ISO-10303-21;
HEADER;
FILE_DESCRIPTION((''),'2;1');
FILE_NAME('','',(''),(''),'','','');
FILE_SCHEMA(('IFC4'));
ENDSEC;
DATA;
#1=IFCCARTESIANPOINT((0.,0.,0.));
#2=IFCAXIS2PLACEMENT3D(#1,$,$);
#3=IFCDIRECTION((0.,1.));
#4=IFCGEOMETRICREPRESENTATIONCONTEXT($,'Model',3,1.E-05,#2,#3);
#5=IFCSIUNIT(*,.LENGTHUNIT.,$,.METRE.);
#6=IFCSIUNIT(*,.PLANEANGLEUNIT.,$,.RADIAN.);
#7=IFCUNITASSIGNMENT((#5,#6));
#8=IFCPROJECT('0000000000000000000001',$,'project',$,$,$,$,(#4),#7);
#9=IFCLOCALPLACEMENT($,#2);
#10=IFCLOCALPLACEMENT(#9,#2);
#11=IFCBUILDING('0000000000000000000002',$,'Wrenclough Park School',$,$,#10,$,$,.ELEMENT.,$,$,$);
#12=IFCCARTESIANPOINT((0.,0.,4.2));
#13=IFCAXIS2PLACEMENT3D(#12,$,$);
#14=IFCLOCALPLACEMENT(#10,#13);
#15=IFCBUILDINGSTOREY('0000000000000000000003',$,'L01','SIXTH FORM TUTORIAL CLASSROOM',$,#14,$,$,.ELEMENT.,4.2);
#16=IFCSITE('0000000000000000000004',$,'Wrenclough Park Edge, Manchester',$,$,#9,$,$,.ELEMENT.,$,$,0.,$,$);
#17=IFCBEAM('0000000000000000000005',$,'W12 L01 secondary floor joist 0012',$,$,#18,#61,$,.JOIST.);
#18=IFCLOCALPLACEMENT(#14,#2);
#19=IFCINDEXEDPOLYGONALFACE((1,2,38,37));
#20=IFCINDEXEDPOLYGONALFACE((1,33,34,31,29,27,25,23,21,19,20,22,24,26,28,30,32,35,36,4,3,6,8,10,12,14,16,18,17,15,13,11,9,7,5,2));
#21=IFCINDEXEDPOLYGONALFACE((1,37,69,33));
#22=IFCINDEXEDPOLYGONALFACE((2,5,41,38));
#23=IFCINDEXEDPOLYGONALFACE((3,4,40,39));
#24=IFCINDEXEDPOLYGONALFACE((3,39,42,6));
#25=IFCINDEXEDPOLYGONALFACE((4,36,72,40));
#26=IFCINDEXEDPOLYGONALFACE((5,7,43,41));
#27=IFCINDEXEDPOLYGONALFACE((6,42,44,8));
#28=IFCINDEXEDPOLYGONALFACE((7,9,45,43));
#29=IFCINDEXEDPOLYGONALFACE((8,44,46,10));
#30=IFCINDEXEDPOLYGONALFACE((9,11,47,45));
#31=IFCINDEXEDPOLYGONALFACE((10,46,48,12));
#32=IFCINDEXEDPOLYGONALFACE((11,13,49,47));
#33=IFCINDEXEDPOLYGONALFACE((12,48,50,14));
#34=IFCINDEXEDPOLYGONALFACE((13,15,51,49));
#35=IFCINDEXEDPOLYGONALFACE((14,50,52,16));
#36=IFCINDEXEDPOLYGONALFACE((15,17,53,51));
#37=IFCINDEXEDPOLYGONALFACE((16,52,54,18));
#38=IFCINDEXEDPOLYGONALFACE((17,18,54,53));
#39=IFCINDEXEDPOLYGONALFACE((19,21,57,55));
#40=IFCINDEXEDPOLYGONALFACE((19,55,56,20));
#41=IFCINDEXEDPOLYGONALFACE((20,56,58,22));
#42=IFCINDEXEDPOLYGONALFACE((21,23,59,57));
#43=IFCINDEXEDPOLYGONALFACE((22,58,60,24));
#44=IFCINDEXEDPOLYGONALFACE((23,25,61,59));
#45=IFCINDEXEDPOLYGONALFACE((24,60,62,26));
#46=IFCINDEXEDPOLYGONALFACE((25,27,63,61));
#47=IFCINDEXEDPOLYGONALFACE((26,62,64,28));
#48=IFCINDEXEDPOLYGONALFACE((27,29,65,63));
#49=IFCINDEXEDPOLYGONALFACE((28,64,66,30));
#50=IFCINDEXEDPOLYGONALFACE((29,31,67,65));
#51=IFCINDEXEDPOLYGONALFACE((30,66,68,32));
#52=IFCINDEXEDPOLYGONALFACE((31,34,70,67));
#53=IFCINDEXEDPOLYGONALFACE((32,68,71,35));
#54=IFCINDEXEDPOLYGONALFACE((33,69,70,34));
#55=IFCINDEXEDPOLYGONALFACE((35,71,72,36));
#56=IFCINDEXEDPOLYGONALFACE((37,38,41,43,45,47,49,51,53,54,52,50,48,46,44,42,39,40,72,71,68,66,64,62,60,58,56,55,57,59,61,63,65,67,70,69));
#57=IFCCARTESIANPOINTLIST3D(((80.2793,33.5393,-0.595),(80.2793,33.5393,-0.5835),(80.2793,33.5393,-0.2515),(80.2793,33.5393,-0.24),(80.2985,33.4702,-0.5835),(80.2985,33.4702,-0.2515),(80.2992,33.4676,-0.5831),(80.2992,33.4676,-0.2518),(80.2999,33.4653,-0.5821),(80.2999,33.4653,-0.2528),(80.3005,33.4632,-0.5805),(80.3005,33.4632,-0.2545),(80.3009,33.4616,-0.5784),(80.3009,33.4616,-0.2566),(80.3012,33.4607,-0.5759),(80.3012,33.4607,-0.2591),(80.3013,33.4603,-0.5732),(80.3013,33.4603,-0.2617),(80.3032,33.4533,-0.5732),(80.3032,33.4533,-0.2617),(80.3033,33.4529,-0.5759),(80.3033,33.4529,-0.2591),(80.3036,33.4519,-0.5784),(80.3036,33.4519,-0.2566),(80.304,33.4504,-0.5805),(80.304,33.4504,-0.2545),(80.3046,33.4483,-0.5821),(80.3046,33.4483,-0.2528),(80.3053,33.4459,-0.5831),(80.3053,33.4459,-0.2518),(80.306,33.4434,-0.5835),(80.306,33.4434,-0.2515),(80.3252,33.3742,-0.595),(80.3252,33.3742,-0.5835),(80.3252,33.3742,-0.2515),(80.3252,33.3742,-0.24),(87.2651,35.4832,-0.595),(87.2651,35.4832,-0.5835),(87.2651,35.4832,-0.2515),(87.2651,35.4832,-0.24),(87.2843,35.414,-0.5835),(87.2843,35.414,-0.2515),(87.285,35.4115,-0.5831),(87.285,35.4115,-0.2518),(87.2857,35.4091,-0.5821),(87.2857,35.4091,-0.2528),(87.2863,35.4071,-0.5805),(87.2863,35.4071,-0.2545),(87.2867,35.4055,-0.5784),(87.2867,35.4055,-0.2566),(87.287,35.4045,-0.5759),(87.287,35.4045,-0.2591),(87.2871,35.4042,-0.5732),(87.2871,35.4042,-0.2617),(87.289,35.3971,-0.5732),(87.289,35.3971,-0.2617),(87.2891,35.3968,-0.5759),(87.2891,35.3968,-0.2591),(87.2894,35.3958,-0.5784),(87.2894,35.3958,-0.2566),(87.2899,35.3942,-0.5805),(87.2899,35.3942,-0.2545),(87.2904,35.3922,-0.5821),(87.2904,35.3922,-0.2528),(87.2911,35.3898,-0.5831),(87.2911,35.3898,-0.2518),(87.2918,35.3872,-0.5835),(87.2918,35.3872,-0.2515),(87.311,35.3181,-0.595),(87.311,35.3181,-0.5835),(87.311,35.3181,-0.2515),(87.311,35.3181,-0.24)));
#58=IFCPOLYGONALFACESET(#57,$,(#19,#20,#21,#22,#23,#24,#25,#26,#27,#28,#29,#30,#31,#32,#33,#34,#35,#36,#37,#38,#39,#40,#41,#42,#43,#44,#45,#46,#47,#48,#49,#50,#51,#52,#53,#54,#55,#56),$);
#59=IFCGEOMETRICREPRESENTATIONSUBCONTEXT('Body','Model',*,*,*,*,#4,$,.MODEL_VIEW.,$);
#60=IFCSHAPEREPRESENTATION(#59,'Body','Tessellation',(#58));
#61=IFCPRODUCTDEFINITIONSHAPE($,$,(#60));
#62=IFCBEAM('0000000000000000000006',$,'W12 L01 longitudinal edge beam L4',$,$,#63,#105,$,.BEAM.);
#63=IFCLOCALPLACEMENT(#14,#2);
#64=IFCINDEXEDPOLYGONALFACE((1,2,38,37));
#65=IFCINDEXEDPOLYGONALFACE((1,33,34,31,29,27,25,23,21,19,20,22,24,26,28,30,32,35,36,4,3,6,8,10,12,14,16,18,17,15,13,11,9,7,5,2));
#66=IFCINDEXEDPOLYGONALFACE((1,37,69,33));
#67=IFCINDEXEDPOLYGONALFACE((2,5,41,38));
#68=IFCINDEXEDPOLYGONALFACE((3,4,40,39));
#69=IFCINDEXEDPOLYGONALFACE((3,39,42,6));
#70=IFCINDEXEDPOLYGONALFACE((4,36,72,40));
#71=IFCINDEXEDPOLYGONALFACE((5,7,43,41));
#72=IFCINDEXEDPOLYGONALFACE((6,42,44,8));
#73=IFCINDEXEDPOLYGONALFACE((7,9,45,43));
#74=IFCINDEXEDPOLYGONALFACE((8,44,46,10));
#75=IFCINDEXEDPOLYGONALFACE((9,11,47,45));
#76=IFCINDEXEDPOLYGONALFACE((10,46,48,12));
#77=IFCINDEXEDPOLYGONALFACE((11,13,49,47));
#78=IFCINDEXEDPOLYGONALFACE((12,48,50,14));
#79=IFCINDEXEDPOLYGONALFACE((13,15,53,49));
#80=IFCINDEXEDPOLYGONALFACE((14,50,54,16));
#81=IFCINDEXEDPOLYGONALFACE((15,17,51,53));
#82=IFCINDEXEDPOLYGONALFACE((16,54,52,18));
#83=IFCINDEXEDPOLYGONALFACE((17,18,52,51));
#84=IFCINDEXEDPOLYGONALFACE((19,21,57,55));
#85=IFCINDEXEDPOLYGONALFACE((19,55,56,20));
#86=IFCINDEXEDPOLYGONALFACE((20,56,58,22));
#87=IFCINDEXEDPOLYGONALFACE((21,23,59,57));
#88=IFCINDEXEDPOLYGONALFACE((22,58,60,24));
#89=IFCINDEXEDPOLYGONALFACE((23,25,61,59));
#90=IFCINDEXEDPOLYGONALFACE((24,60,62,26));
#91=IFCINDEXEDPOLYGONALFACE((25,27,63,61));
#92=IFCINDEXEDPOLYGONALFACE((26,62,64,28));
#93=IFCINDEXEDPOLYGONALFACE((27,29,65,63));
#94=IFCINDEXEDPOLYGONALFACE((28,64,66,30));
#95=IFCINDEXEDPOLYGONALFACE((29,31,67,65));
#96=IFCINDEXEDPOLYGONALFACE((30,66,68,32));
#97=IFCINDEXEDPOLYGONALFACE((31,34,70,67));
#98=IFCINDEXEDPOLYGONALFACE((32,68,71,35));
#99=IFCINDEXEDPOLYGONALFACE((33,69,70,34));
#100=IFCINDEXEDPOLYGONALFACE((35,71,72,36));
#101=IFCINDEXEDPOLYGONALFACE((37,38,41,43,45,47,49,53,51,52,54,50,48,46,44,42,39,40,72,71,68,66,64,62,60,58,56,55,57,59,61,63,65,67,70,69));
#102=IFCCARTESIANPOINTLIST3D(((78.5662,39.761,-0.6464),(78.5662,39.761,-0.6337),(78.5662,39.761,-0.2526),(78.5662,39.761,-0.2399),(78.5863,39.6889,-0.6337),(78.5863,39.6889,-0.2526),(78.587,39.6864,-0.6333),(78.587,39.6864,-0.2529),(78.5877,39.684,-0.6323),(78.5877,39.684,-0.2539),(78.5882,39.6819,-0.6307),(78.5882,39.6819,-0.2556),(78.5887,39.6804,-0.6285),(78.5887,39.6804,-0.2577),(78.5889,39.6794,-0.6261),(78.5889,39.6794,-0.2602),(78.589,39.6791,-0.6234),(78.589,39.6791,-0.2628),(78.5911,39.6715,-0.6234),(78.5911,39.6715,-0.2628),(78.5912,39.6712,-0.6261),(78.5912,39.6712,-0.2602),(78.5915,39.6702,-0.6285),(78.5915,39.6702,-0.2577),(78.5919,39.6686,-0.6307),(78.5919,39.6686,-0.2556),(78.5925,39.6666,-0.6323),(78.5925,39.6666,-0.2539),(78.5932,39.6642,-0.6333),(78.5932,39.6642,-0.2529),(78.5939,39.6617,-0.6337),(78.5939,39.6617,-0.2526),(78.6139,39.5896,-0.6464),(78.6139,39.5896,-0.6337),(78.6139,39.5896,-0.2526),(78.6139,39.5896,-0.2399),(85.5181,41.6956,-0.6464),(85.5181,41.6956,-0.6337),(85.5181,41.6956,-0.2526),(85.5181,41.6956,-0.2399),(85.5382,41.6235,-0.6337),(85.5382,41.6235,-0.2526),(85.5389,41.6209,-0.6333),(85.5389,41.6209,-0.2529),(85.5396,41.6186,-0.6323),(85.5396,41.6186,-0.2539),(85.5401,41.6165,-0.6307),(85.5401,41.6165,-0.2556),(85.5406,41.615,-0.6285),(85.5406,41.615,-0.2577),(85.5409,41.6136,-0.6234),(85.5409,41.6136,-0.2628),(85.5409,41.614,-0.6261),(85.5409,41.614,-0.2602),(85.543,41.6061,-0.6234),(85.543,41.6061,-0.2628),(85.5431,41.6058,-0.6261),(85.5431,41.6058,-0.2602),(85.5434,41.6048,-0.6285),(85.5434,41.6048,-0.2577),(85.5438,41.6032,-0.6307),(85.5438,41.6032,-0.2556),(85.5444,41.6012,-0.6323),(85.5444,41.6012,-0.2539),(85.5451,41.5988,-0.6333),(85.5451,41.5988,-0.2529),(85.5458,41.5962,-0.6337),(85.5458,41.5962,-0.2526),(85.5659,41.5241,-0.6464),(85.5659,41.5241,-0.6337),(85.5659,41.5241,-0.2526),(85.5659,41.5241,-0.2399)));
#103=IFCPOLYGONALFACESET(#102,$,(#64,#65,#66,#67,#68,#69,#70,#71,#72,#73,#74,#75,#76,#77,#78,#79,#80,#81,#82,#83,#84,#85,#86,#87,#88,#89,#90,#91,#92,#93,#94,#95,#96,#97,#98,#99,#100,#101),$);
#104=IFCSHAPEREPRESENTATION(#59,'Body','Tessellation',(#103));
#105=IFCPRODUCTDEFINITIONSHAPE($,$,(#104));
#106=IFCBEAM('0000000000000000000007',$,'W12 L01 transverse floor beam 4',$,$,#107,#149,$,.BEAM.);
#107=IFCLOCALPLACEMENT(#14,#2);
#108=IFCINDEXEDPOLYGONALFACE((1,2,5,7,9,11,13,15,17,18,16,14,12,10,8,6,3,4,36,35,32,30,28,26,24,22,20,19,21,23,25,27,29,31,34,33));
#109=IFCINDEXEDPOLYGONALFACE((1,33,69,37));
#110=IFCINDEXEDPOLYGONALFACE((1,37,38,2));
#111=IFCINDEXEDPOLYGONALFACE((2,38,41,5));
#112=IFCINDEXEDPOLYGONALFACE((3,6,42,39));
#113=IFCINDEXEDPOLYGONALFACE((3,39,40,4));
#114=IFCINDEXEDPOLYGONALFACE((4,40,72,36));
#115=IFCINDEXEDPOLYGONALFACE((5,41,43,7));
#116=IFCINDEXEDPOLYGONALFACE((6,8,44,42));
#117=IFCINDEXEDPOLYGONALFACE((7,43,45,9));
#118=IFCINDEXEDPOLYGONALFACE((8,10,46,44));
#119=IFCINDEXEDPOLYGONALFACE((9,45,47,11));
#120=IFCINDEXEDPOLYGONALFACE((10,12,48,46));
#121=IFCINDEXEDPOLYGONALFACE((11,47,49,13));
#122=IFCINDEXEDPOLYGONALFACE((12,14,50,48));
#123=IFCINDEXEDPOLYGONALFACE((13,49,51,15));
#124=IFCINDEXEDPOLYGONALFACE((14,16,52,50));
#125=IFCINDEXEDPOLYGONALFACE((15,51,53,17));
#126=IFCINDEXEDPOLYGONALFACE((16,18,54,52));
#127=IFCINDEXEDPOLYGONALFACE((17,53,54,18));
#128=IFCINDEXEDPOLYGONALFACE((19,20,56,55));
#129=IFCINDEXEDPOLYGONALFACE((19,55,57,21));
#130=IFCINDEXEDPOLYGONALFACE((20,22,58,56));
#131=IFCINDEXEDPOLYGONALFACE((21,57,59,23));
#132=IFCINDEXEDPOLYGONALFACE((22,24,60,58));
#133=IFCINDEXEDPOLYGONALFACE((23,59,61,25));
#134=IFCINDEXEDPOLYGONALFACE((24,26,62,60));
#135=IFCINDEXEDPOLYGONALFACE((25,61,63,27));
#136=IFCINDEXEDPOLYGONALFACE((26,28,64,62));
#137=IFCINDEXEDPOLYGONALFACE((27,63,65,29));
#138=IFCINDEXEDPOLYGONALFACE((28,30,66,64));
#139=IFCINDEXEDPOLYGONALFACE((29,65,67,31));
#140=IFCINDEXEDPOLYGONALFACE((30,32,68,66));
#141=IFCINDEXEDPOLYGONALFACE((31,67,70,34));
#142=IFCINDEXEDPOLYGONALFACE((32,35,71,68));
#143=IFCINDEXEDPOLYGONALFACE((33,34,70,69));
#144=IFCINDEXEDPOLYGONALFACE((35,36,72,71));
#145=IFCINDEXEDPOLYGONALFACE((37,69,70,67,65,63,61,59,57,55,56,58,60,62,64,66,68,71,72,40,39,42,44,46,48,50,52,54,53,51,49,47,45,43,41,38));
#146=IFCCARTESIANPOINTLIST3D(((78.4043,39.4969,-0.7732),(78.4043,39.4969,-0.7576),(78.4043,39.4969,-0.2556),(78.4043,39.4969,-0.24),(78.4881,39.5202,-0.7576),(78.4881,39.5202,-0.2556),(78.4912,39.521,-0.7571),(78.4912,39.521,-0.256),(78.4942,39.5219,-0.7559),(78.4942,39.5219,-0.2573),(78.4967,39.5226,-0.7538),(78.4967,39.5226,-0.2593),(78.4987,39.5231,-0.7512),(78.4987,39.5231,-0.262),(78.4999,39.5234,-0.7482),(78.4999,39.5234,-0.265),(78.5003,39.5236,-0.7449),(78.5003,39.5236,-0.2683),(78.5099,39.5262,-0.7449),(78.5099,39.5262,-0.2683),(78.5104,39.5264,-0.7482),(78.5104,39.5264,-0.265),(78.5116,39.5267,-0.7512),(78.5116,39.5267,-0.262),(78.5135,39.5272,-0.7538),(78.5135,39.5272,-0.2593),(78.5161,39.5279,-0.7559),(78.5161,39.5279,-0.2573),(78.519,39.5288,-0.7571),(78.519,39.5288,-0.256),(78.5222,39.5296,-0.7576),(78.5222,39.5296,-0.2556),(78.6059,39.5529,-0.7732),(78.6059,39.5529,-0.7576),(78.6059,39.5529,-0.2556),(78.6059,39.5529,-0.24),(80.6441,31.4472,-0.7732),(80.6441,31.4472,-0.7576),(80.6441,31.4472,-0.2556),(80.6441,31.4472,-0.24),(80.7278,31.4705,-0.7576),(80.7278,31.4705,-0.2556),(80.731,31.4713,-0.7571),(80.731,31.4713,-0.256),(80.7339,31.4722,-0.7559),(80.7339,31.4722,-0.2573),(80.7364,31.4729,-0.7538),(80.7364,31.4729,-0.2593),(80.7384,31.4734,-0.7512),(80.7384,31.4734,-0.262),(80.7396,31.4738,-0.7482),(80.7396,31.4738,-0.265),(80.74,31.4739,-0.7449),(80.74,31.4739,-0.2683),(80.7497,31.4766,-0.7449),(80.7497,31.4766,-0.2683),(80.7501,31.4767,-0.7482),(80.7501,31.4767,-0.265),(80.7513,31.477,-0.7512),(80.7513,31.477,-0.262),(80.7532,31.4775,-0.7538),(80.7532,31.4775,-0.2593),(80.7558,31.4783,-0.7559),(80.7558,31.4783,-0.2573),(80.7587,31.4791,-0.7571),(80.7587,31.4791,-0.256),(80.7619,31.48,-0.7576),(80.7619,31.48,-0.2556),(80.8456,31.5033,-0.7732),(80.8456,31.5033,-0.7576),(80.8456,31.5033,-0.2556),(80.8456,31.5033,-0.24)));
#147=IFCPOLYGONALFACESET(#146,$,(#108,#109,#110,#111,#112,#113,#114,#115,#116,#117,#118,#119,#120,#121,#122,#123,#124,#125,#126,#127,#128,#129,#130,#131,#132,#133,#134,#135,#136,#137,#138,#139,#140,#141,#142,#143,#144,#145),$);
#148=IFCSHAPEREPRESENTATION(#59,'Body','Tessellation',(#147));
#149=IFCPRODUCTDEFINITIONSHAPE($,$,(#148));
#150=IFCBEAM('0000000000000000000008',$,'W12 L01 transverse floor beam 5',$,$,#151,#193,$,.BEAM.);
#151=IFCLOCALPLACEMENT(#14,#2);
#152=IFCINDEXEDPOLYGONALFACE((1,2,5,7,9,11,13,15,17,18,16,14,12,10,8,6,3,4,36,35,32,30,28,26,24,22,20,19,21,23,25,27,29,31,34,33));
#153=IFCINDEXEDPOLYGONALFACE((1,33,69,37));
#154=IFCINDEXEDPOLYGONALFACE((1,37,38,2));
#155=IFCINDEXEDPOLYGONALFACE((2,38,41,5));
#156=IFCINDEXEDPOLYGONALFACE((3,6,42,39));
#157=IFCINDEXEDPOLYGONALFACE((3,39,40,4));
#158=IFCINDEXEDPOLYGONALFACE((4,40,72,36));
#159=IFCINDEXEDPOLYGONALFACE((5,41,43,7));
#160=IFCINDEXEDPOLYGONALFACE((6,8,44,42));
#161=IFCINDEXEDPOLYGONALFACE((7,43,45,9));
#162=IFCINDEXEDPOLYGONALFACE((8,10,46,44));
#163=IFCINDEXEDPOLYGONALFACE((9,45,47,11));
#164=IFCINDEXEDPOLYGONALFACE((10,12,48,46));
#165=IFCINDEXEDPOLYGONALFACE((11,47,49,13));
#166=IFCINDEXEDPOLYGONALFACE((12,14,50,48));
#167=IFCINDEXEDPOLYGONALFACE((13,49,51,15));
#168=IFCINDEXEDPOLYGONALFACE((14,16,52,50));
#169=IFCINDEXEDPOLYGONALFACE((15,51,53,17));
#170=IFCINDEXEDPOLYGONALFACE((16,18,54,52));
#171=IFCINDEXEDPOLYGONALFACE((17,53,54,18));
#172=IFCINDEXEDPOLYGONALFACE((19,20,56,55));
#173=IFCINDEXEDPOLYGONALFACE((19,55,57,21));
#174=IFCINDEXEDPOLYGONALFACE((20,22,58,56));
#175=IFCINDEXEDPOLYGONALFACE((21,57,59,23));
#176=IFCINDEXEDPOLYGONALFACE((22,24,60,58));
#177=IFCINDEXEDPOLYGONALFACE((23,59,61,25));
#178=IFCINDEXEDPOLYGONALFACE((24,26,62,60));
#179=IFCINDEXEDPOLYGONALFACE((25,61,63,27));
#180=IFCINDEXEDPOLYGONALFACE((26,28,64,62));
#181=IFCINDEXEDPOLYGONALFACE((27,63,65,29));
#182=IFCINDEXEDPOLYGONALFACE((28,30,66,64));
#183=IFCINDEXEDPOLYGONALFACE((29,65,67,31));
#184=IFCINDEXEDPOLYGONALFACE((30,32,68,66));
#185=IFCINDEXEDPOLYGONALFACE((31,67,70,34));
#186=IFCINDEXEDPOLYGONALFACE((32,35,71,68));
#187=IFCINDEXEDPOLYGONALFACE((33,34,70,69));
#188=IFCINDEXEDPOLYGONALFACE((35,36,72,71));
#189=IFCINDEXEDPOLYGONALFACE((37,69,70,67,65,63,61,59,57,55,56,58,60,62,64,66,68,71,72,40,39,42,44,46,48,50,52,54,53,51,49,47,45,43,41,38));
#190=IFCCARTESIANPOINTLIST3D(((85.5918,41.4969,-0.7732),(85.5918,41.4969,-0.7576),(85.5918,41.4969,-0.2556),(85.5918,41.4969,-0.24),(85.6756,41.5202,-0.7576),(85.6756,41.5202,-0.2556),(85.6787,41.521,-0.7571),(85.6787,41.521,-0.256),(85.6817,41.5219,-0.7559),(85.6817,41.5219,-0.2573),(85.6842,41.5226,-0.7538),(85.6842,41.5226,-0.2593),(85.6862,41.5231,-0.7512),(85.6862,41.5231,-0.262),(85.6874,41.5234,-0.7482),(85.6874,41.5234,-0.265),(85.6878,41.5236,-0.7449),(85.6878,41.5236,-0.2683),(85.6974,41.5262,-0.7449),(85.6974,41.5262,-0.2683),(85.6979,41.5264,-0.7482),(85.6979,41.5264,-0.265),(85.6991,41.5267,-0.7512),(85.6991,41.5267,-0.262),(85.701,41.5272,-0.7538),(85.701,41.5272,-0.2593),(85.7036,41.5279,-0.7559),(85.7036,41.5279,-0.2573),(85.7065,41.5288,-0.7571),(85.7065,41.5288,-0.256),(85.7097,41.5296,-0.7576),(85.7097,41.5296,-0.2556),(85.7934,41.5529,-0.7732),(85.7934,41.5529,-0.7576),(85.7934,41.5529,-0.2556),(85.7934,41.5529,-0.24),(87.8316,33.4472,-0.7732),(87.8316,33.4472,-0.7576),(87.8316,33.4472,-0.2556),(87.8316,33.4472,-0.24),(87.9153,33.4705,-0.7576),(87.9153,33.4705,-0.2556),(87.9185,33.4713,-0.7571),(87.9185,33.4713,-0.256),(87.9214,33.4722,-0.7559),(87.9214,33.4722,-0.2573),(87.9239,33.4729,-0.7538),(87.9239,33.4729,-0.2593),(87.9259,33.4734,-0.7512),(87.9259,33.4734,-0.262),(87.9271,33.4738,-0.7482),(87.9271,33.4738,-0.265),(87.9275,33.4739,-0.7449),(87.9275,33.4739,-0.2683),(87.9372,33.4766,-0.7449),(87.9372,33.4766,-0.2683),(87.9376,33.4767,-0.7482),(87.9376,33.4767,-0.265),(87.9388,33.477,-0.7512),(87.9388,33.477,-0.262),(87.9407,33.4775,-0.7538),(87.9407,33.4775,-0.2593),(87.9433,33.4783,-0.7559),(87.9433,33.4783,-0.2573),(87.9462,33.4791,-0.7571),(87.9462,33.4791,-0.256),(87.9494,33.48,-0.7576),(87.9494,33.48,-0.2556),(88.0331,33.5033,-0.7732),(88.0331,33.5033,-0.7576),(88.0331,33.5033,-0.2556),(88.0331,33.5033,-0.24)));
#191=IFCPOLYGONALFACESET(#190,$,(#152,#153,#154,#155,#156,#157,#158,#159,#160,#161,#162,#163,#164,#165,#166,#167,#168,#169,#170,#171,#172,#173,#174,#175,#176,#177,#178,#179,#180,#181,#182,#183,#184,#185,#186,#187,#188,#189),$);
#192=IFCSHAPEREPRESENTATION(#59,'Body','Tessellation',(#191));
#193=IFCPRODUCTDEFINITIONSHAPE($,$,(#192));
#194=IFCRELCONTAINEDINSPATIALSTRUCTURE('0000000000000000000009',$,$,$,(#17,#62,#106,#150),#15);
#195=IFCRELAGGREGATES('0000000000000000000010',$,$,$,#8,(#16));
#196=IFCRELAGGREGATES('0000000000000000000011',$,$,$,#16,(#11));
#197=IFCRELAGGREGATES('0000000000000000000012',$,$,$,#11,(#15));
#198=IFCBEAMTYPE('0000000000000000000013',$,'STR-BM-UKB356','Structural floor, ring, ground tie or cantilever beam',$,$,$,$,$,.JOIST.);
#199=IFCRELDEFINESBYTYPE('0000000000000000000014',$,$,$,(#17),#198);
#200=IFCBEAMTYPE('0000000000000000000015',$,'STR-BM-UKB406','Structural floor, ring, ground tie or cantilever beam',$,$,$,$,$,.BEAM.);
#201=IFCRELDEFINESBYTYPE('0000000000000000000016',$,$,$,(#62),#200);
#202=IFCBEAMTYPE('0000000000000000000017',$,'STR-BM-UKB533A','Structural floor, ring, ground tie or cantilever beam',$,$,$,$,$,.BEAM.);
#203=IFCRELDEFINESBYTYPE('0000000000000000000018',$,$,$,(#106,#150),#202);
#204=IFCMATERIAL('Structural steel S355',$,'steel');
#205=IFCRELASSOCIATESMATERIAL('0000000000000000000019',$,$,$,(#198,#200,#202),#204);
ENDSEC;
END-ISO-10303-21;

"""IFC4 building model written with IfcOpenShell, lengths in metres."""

from ifc_helpers import new_model, si_unit, direction, frame, origin, origin_2d, place, context, subcontext, project, spatial, i_section, extrude, material, material_profile, profile_set, type_object, element, save


model = new_model("IFC4")

# Units and contexts
model_context = context("Model", 3, precision=1e-05, world=origin(), true_north=direction((0.0, 1.0)))
body_context = subcontext(model_context, "Body", "Model", "MODEL_VIEW")
ifc_project = project(units=[si_unit("LENGTHUNIT", "METRE"), si_unit("PLANEANGLEUNIT", "RADIAN")], contexts=[model_context])

# Site, building, storey
site_placement = place(None, origin())
site = spatial("IfcSite", under=ifc_project, at=site_placement, Name="Wrenclough Park Edge, Manchester", CompositionType="ELEMENT", RefElevation=0.0)
building_placement = place(site_placement, origin())
building = spatial("IfcBuilding", under=site, at=building_placement, Name="Wrenclough Park School", CompositionType="ELEMENT")
storey_placement = place(building_placement, frame((0.0, 0.0, 4.2)))
storey = spatial("IfcBuildingStorey", under=building, at=storey_placement, Name="L01", Description="SIXTH FORM TUTORIAL CLASSROOM", CompositionType="ELEMENT", Elevation=4.2)

# Shared definitions
ifc_material_1 = material(Name="Structural steel S355", Category="steel")

# Beams
ifc_material_profile_1 = material_profile(ifc_material_1, i_section(OverallWidth=0.1714, OverallDepth=0.355, WebThickness=0.0073, FlangeThickness=0.0115, FilletRadius=0.0103, at=origin_2d()), Name="UKB 356x171x51")
ifc_profile_set_1 = profile_set([ifc_material_profile_1], Name="Structural steel S355")
beam_type_1 = type_object("IfcBeamType", Name="STR-BM-UKB356", Description="Structural floor, ring, ground tie or cantilever beam", PredefinedType="JOIST", material=ifc_profile_set_1)
for number, where, z_axis, x_axis, name in (
    (1, (80.3022, 33.4568, -0.4175), (0.963399, 0.268071, 0.0), (-0.268071, 0.963399, 0.0), "W12 L01 secondary floor joist 0012"),
):
    element("IfcBeam", number, at=place(storey_placement, frame(where, z_axis=z_axis, x_axis=x_axis)), inside=storey, type_object=beam_type_1, Name=name, PredefinedType="JOIST", context=body_context, shape_type="SweptSolid", body=[
        extrude(i_section(OverallWidth=0.1714, OverallDepth=0.355, WebThickness=0.0073, FlangeThickness=0.0115, FilletRadius=0.0103, at=origin_2d()), origin(), (0.0, 0.0, 1.0), 7.2512),
    ])
ifc_material_profile_2 = material_profile(ifc_material_1, i_section(OverallWidth=0.178, OverallDepth=0.4065, WebThickness=0.0078, FlangeThickness=0.0127, FilletRadius=0.0103, at=origin_2d()), Name="UKB 406x178x60")
ifc_profile_set_2 = profile_set([ifc_material_profile_2], Name="Structural steel S355")
beam_type_2 = type_object("IfcBeamType", Name="STR-BM-UKB406", Description="Structural floor, ring, ground tie or cantilever beam", PredefinedType="BEAM", material=ifc_profile_set_2)
beam_1_placement = place(storey_placement, frame((78.5901, 39.6753, -0.4431), z_axis=(0.963393, 0.268092, 0.0), x_axis=(-0.268092, 0.963393, 0.0)))
element("IfcBeam", 2, at=beam_1_placement, inside=storey, type_object=beam_type_2, Name="W12 L01 longitudinal edge beam L4", PredefinedType="BEAM", context=body_context, shape_type="SweptSolid", body=[
    extrude(i_section(OverallWidth=0.178, OverallDepth=0.4065, WebThickness=0.0078, FlangeThickness=0.0127, FilletRadius=0.0103, at=origin_2d()), origin(), (0.0, 0.0, 1.0), 7.2161),
])
ifc_material_profile_3 = material_profile(ifc_material_1, i_section(OverallWidth=0.2092, OverallDepth=0.5332, WebThickness=0.01, FlangeThickness=0.0156, FilletRadius=0.0127, at=origin_2d()), Name="UKB 533x210x92")
ifc_profile_set_3 = profile_set([ifc_material_profile_3], Name="Structural steel S355")
beam_type_3 = type_object("IfcBeamType", Name="STR-BM-UKB533A", Description="Structural floor, ring, ground tie or cantilever beam", PredefinedType="BEAM", material=ifc_profile_set_3)
for number, where, z_axis, x_axis, name in (
    (3, (78.5051, 39.5249, -0.5066), (0.268054, -0.963404, 0.0), (0.963404, 0.268054, 0.0), "W12 L01 transverse floor beam 4"),
    (4, (85.6926, 41.5249, -0.5066), (0.268054, -0.963404, 0.0), (0.963404, 0.268054, 0.0), "W12 L01 transverse floor beam 5"),
):
    element("IfcBeam", number, at=place(storey_placement, frame(where, z_axis=z_axis, x_axis=x_axis)), inside=storey, type_object=beam_type_3, Name=name, PredefinedType="BEAM", context=body_context, shape_type="SweptSolid", body=[
        extrude(i_section(OverallWidth=0.2092, OverallDepth=0.5332, WebThickness=0.01, FlangeThickness=0.0156, FilletRadius=0.0127, at=origin_2d()), origin(), (0.0, 0.0, 1.0), 8.3555),
    ])

save(model, "model.ifc")
